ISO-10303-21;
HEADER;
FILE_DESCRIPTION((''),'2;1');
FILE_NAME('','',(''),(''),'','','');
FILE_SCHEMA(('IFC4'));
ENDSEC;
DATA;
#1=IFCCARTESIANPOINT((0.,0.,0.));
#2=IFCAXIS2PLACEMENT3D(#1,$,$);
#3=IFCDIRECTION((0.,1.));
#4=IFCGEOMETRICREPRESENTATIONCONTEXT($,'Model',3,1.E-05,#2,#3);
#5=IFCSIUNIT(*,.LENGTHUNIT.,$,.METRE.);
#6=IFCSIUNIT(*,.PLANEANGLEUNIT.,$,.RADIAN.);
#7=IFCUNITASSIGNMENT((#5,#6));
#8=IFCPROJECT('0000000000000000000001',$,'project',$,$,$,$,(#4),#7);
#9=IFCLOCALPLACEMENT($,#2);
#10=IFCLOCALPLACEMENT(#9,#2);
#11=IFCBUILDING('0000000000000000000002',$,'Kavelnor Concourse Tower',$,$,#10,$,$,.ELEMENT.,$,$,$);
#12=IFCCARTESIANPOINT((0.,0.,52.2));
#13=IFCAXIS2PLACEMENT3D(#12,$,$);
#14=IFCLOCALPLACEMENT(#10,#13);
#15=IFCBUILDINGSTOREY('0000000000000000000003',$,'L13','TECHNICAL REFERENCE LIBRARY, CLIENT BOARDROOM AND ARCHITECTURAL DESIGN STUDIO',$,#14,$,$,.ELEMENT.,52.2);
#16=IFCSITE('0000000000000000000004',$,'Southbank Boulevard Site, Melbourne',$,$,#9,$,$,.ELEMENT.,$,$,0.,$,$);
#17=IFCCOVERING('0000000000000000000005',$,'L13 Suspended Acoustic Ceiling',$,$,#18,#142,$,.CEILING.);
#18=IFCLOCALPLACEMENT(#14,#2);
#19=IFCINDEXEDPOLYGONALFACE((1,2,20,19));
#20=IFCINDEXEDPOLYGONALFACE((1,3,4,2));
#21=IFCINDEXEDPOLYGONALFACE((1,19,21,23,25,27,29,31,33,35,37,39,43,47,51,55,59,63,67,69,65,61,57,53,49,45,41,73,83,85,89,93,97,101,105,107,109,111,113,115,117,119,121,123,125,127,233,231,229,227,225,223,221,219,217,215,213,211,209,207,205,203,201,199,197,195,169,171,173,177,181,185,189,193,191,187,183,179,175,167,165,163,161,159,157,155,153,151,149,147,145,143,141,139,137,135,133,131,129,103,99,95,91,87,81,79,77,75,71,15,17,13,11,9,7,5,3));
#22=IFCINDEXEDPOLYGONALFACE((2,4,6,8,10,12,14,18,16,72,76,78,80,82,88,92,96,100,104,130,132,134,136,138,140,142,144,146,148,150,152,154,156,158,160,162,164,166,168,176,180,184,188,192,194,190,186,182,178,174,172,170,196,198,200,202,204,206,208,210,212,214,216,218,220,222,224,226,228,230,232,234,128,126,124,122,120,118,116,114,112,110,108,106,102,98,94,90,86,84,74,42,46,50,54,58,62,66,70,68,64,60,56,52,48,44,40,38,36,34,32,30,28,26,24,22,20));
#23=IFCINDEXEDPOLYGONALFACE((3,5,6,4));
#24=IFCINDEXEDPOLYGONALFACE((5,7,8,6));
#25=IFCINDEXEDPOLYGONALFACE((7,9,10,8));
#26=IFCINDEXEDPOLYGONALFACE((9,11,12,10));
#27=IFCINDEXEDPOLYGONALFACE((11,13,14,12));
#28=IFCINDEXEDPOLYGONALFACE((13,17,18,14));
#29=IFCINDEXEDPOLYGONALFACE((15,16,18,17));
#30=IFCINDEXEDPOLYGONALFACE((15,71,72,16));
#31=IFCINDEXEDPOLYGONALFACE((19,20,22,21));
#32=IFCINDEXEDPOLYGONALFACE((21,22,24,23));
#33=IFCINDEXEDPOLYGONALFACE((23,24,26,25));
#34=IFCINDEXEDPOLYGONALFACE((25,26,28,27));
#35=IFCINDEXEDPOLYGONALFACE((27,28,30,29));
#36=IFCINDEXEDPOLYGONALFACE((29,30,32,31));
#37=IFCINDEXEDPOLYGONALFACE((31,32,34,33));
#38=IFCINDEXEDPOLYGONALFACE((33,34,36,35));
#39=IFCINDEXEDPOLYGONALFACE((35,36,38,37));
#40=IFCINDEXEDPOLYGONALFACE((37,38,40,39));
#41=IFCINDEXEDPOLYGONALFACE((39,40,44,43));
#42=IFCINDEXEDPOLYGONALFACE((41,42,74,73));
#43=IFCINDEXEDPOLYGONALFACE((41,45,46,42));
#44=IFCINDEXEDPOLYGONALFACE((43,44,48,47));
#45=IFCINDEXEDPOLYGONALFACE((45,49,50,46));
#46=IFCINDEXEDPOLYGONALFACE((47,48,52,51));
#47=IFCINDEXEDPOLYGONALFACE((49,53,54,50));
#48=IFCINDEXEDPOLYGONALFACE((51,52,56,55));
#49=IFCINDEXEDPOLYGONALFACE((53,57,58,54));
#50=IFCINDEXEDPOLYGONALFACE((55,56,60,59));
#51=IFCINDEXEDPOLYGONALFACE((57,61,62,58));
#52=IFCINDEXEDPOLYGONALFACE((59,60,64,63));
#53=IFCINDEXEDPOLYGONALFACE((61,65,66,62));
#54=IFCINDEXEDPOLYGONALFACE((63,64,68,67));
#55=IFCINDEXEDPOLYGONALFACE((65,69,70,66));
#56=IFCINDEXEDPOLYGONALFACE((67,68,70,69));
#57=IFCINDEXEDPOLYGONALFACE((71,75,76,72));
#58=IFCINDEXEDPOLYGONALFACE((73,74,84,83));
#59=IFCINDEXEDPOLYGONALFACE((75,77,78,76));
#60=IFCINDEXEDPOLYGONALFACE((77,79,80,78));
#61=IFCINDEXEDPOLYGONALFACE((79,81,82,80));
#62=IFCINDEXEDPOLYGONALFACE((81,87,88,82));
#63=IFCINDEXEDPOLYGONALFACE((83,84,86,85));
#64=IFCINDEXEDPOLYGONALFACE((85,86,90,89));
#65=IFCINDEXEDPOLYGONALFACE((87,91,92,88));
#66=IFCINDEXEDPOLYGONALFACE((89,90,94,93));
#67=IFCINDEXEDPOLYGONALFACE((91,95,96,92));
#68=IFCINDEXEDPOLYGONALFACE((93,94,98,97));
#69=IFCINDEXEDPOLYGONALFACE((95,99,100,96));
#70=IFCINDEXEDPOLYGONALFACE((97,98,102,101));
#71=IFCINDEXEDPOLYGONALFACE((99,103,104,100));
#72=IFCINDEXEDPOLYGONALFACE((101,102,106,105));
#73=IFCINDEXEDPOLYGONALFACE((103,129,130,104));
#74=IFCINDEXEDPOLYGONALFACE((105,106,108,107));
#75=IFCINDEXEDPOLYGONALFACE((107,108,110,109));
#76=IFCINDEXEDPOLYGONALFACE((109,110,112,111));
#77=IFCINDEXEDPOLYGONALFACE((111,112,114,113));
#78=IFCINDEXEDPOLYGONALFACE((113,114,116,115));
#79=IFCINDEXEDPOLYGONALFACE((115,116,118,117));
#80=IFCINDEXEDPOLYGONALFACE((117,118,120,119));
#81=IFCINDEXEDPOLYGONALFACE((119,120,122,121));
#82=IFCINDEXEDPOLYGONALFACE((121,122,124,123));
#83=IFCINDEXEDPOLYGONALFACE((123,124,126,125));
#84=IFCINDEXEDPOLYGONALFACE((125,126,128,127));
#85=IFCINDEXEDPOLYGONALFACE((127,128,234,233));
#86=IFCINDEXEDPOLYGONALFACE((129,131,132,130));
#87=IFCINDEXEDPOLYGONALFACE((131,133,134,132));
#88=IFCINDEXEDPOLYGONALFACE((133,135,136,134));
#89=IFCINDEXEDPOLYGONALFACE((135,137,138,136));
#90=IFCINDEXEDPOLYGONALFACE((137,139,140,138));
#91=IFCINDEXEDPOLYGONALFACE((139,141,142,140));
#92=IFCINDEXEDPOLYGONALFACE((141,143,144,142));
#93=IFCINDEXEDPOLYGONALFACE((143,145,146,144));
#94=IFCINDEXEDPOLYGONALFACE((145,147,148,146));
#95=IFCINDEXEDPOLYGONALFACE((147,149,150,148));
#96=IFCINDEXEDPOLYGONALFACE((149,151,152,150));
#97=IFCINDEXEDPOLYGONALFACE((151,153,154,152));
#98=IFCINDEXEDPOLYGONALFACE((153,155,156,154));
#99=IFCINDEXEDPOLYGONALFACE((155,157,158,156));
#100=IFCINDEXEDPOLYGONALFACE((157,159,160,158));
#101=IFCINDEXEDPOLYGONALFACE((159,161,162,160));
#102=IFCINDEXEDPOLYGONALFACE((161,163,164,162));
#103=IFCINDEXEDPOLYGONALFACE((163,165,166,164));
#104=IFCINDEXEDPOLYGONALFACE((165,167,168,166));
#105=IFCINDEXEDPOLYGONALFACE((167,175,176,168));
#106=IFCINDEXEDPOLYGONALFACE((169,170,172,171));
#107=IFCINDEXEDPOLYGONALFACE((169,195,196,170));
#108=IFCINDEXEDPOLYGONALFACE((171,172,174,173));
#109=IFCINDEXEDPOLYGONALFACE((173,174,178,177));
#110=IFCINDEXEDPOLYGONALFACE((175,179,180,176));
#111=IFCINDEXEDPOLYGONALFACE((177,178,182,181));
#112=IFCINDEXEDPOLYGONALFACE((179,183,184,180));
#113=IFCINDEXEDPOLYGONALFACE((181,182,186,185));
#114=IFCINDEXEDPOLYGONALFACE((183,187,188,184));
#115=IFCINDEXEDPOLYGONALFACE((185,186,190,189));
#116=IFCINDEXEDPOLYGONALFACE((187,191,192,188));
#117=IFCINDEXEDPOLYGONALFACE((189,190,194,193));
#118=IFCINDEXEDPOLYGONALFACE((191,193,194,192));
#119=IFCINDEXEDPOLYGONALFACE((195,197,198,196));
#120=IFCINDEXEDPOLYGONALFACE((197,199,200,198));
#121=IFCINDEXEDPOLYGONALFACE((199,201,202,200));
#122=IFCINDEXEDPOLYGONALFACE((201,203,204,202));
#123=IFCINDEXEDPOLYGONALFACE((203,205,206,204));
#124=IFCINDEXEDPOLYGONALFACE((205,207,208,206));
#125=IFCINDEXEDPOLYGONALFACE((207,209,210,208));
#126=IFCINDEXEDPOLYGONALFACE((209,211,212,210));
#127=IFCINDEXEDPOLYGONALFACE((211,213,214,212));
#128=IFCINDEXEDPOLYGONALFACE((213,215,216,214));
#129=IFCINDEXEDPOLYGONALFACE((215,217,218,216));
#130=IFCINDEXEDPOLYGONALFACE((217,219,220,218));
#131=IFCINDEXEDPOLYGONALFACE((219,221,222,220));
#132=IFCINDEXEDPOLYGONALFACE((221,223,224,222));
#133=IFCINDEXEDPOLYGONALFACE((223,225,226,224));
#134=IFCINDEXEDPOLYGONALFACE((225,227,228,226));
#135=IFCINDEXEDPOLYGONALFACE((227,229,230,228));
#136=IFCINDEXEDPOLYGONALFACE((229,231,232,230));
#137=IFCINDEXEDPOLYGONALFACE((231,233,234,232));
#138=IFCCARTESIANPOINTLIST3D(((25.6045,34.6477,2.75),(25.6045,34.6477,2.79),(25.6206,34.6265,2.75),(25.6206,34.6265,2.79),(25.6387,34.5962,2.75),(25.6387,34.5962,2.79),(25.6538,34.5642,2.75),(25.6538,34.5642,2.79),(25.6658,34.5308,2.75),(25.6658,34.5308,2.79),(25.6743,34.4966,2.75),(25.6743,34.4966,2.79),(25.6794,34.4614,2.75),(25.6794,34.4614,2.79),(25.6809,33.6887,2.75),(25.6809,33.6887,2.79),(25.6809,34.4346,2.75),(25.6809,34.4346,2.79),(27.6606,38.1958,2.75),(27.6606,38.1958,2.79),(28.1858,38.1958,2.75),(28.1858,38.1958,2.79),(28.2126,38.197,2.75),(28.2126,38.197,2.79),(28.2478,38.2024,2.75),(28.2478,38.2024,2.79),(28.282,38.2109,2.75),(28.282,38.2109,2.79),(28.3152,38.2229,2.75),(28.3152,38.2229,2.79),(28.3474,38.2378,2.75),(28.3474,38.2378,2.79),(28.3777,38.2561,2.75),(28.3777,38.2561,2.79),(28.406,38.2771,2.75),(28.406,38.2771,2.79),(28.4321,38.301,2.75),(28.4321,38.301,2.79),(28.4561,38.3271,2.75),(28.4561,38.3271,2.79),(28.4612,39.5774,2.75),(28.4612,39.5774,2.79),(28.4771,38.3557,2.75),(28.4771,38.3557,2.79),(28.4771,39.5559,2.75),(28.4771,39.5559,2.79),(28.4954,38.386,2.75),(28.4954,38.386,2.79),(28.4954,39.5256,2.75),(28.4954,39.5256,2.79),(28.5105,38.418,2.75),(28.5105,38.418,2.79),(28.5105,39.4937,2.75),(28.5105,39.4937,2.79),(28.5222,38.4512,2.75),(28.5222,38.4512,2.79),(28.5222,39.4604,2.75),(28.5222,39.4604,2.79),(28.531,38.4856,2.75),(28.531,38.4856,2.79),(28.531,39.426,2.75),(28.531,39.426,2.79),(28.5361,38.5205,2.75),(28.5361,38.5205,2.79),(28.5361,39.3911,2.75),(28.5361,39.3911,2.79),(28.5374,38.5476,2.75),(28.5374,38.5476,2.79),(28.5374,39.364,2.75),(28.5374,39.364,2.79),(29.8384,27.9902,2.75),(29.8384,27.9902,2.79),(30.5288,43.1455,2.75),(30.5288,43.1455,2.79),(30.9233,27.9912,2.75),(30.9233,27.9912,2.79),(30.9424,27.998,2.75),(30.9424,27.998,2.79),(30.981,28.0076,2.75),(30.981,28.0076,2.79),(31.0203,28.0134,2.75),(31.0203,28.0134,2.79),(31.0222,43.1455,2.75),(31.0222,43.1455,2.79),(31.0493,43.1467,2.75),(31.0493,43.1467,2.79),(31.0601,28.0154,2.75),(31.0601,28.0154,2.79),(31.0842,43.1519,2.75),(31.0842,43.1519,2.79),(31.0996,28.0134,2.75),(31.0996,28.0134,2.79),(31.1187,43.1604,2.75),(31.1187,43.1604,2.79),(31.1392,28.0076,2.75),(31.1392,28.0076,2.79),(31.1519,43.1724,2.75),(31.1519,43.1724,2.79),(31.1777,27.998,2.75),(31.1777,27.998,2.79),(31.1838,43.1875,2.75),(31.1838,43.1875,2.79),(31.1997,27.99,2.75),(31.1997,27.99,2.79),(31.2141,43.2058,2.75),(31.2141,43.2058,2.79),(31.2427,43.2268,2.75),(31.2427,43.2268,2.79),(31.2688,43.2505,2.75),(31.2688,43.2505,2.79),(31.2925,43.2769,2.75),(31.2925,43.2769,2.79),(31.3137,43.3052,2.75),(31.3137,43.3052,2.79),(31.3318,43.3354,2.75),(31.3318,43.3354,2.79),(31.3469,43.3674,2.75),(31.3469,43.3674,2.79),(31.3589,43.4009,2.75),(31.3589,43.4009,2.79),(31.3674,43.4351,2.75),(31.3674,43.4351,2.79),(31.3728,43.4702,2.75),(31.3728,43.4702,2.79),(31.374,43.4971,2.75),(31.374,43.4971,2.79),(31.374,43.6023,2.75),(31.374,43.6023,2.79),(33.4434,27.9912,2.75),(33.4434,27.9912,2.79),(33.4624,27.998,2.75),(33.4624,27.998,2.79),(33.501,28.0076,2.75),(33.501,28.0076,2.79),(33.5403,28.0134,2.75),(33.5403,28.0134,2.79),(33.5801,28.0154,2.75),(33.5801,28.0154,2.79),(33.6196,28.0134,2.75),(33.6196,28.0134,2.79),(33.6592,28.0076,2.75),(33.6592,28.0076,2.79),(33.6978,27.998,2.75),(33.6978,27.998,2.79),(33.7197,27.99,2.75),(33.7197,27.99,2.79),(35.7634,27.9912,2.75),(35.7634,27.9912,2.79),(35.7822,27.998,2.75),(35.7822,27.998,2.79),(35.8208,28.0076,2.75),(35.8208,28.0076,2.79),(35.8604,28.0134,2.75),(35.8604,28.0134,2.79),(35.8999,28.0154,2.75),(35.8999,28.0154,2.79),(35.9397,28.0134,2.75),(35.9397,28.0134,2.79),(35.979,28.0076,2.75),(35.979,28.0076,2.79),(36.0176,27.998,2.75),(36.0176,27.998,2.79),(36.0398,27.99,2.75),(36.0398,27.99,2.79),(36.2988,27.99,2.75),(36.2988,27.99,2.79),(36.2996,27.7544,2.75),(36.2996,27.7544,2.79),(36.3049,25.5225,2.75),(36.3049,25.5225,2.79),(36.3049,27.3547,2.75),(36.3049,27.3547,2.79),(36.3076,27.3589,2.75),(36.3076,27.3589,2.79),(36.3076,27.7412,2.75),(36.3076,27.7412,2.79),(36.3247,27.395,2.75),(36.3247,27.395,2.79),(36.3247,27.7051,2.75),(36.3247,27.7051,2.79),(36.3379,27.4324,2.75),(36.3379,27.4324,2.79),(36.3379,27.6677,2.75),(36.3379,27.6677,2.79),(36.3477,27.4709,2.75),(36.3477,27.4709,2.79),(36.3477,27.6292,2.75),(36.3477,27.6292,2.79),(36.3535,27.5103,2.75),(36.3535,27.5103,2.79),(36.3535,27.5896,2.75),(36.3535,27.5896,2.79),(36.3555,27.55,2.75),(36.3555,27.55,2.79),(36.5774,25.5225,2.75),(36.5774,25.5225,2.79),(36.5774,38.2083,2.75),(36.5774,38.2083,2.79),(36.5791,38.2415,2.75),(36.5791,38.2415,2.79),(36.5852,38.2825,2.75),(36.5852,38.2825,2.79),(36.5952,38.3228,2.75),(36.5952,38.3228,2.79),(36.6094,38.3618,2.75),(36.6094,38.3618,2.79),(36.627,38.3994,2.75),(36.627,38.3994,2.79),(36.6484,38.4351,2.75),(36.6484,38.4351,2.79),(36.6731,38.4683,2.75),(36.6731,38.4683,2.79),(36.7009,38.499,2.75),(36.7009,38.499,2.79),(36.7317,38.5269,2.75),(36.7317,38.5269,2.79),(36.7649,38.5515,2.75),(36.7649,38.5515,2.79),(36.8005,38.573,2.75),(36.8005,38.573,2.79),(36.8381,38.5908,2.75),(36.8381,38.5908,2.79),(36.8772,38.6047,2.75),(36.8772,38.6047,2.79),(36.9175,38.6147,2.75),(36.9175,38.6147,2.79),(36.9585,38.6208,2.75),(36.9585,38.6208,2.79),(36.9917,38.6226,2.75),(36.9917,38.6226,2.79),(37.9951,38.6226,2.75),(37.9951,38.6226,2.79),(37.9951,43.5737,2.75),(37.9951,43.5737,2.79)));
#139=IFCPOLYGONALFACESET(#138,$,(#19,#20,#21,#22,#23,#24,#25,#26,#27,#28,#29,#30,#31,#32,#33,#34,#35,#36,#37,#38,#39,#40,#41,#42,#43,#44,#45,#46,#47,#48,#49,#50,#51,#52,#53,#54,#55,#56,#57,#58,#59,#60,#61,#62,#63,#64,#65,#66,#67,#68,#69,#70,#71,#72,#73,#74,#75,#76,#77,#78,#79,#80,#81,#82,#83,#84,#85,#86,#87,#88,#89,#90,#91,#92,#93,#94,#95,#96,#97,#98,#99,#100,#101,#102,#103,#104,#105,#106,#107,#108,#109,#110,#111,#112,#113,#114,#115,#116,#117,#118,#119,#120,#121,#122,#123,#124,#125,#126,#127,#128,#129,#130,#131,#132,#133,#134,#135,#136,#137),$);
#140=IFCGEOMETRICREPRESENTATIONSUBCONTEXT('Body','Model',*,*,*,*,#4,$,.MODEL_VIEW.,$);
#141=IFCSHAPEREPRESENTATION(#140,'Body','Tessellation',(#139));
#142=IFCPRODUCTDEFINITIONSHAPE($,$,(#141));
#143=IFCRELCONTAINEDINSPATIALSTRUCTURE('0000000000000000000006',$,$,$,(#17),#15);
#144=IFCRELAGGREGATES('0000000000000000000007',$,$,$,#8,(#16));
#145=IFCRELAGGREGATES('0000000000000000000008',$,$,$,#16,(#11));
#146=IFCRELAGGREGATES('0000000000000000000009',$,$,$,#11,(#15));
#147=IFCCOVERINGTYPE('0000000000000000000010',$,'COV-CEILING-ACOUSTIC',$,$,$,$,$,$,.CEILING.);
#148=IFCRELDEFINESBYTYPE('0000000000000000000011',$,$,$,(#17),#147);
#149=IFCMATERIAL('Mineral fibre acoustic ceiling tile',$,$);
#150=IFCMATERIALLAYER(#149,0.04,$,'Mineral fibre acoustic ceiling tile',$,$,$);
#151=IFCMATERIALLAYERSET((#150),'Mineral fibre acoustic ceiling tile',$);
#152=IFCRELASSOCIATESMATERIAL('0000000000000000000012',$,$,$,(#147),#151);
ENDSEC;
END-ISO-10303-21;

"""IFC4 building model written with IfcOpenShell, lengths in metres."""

from ifc_helpers import new_model, si_unit, direction, frame, origin, place, context, subcontext, project, spatial, polyline, outline, extrude, material, layer, layer_set, type_object, element, save


model = new_model("IFC4")

# Units and contexts
model_context = context("Model", 3, precision=1e-05, world=origin(), true_north=direction((0.0, 1.0)))
body_context = subcontext(model_context, "Body", "Model", "MODEL_VIEW")
ifc_project = project(units=[si_unit("LENGTHUNIT", "METRE"), si_unit("PLANEANGLEUNIT", "RADIAN")], contexts=[model_context])

# Site, building, storey
site_placement = place(None, origin())
site = spatial("IfcSite", under=ifc_project, at=site_placement, Name="Southbank Boulevard Site, Melbourne", CompositionType="ELEMENT", RefElevation=0.0)
building_placement = place(site_placement, origin())
building = spatial("IfcBuilding", under=site, at=building_placement, Name="Kavelnor Concourse Tower", CompositionType="ELEMENT")
storey_placement = place(building_placement, frame((0.0, 0.0, 52.2)))
storey = spatial("IfcBuildingStorey", under=building, at=storey_placement, Name="L13", Description="TECHNICAL REFERENCE LIBRARY, CLIENT BOARDROOM AND ARCHITECTURAL DESIGN STUDIO", CompositionType="ELEMENT", Elevation=52.2)

# Covering
ifc_material_1 = material(Name="Mineral fibre acoustic ceiling tile")
ifc_layer_1 = layer(ifc_material_1, 0.04, Name="Mineral fibre acoustic ceiling tile")
ifc_layer_set_1 = layer_set([ifc_layer_1], Name="Mineral fibre acoustic ceiling tile")
covering_type_1 = type_object("IfcCoveringType", Name="COV-CEILING-ACOUSTIC", PredefinedType="CEILING", material=ifc_layer_set_1)
covering_1_placement = place(storey_placement, frame((0.0, 0.0, 2.75)))
element("IfcCovering", 1, at=covering_1_placement, inside=storey, type_object=covering_type_1, Name="L13 Suspended Acoustic Ceiling", PredefinedType="CEILING", context=body_context, shape_type="SweptSolid", body=[
    extrude(outline(polyline([(28.2126, 38.197), (28.2478, 38.2024), (28.282, 38.2109), (28.3152, 38.2229), (28.3474, 38.2378), (28.3777, 38.2561), (28.406, 38.2771), (28.4321, 38.301), (28.4561, 38.3271), (28.4771, 38.3557), (28.4954, 38.386), (28.5105, 38.418), (28.5222, 38.4512), (28.531, 38.4856), (28.5361, 38.5205), (28.5374, 38.5476), (28.5374, 39.364), (28.5361, 39.3911), (28.531, 39.426), (28.5222, 39.4604), (28.5105, 39.4937), (28.4954, 39.5256), (28.4771, 39.5559), (28.4612, 39.5774), (30.5288, 43.1455), (31.0222, 43.1455), (31.0493, 43.1467), (31.0842, 43.1519), (31.1187, 43.1604), (31.1519, 43.1724), (31.1838, 43.1875), (31.2141, 43.2058), (31.2427, 43.2268), (31.2688, 43.2505), (31.2925, 43.2769), (31.3137, 43.3052), (31.3318, 43.3354), (31.3469, 43.3674), (31.3589, 43.4009), (31.3674, 43.4351), (31.3728, 43.4702), (31.374, 43.4971), (31.374, 43.6023), (37.9951, 43.5737), (37.9951, 38.6226), (36.9917, 38.6226), (36.9585, 38.6208), (36.9175, 38.6147), (36.8772, 38.6047), (36.8381, 38.5908), (36.8005, 38.573), (36.7649, 38.5515), (36.7317, 38.5269), (36.7009, 38.499), (36.6731, 38.4683), (36.6484, 38.4351), (36.627, 38.3994), (36.6094, 38.3618), (36.5952, 38.3228), (36.5852, 38.2825), (36.5791, 38.2415), (36.5774, 38.2083), (36.5774, 25.5225), (36.3049, 25.5225), (36.3049, 27.3547), (36.3076, 27.3589), (36.3247, 27.395), (36.3379, 27.4324), (36.3477, 27.4709), (36.3535, 27.5103), (36.3555, 27.55), (36.3535, 27.5896), (36.3477, 27.6292), (36.3379, 27.6677), (36.3247, 27.7051), (36.3076, 27.7412), (36.2996, 27.7544), (36.2988, 27.99), (36.0398, 27.99), (36.0176, 27.998), (35.979, 28.0076), (35.9397, 28.0134), (35.8999, 28.0154), (35.8604, 28.0134), (35.8208, 28.0076), (35.7822, 27.998), (35.7634, 27.9912), (33.7197, 27.99), (33.6978, 27.998), (33.6592, 28.0076), (33.6196, 28.0134), (33.5801, 28.0154), (33.5403, 28.0134), (33.501, 28.0076), (33.4624, 27.998), (33.4434, 27.9912), (31.1997, 27.99), (31.1777, 27.998), (31.1392, 28.0076), (31.0996, 28.0134), (31.0601, 28.0154), (31.0203, 28.0134), (30.981, 28.0076), (30.9424, 27.998), (30.9233, 27.9912), (29.8384, 27.9902), (25.6809, 33.6887), (25.6809, 34.4346), (25.6794, 34.4614), (25.6743, 34.4966), (25.6658, 34.5308), (25.6538, 34.5642), (25.6387, 34.5962), (25.6206, 34.6265), (25.6045, 34.6477), (27.6606, 38.1958), (28.1858, 38.1958), (28.2126, 38.197)])), origin(), (0.0, 0.0, 1.0), 0.04),
])

save(model, "model.ifc")
